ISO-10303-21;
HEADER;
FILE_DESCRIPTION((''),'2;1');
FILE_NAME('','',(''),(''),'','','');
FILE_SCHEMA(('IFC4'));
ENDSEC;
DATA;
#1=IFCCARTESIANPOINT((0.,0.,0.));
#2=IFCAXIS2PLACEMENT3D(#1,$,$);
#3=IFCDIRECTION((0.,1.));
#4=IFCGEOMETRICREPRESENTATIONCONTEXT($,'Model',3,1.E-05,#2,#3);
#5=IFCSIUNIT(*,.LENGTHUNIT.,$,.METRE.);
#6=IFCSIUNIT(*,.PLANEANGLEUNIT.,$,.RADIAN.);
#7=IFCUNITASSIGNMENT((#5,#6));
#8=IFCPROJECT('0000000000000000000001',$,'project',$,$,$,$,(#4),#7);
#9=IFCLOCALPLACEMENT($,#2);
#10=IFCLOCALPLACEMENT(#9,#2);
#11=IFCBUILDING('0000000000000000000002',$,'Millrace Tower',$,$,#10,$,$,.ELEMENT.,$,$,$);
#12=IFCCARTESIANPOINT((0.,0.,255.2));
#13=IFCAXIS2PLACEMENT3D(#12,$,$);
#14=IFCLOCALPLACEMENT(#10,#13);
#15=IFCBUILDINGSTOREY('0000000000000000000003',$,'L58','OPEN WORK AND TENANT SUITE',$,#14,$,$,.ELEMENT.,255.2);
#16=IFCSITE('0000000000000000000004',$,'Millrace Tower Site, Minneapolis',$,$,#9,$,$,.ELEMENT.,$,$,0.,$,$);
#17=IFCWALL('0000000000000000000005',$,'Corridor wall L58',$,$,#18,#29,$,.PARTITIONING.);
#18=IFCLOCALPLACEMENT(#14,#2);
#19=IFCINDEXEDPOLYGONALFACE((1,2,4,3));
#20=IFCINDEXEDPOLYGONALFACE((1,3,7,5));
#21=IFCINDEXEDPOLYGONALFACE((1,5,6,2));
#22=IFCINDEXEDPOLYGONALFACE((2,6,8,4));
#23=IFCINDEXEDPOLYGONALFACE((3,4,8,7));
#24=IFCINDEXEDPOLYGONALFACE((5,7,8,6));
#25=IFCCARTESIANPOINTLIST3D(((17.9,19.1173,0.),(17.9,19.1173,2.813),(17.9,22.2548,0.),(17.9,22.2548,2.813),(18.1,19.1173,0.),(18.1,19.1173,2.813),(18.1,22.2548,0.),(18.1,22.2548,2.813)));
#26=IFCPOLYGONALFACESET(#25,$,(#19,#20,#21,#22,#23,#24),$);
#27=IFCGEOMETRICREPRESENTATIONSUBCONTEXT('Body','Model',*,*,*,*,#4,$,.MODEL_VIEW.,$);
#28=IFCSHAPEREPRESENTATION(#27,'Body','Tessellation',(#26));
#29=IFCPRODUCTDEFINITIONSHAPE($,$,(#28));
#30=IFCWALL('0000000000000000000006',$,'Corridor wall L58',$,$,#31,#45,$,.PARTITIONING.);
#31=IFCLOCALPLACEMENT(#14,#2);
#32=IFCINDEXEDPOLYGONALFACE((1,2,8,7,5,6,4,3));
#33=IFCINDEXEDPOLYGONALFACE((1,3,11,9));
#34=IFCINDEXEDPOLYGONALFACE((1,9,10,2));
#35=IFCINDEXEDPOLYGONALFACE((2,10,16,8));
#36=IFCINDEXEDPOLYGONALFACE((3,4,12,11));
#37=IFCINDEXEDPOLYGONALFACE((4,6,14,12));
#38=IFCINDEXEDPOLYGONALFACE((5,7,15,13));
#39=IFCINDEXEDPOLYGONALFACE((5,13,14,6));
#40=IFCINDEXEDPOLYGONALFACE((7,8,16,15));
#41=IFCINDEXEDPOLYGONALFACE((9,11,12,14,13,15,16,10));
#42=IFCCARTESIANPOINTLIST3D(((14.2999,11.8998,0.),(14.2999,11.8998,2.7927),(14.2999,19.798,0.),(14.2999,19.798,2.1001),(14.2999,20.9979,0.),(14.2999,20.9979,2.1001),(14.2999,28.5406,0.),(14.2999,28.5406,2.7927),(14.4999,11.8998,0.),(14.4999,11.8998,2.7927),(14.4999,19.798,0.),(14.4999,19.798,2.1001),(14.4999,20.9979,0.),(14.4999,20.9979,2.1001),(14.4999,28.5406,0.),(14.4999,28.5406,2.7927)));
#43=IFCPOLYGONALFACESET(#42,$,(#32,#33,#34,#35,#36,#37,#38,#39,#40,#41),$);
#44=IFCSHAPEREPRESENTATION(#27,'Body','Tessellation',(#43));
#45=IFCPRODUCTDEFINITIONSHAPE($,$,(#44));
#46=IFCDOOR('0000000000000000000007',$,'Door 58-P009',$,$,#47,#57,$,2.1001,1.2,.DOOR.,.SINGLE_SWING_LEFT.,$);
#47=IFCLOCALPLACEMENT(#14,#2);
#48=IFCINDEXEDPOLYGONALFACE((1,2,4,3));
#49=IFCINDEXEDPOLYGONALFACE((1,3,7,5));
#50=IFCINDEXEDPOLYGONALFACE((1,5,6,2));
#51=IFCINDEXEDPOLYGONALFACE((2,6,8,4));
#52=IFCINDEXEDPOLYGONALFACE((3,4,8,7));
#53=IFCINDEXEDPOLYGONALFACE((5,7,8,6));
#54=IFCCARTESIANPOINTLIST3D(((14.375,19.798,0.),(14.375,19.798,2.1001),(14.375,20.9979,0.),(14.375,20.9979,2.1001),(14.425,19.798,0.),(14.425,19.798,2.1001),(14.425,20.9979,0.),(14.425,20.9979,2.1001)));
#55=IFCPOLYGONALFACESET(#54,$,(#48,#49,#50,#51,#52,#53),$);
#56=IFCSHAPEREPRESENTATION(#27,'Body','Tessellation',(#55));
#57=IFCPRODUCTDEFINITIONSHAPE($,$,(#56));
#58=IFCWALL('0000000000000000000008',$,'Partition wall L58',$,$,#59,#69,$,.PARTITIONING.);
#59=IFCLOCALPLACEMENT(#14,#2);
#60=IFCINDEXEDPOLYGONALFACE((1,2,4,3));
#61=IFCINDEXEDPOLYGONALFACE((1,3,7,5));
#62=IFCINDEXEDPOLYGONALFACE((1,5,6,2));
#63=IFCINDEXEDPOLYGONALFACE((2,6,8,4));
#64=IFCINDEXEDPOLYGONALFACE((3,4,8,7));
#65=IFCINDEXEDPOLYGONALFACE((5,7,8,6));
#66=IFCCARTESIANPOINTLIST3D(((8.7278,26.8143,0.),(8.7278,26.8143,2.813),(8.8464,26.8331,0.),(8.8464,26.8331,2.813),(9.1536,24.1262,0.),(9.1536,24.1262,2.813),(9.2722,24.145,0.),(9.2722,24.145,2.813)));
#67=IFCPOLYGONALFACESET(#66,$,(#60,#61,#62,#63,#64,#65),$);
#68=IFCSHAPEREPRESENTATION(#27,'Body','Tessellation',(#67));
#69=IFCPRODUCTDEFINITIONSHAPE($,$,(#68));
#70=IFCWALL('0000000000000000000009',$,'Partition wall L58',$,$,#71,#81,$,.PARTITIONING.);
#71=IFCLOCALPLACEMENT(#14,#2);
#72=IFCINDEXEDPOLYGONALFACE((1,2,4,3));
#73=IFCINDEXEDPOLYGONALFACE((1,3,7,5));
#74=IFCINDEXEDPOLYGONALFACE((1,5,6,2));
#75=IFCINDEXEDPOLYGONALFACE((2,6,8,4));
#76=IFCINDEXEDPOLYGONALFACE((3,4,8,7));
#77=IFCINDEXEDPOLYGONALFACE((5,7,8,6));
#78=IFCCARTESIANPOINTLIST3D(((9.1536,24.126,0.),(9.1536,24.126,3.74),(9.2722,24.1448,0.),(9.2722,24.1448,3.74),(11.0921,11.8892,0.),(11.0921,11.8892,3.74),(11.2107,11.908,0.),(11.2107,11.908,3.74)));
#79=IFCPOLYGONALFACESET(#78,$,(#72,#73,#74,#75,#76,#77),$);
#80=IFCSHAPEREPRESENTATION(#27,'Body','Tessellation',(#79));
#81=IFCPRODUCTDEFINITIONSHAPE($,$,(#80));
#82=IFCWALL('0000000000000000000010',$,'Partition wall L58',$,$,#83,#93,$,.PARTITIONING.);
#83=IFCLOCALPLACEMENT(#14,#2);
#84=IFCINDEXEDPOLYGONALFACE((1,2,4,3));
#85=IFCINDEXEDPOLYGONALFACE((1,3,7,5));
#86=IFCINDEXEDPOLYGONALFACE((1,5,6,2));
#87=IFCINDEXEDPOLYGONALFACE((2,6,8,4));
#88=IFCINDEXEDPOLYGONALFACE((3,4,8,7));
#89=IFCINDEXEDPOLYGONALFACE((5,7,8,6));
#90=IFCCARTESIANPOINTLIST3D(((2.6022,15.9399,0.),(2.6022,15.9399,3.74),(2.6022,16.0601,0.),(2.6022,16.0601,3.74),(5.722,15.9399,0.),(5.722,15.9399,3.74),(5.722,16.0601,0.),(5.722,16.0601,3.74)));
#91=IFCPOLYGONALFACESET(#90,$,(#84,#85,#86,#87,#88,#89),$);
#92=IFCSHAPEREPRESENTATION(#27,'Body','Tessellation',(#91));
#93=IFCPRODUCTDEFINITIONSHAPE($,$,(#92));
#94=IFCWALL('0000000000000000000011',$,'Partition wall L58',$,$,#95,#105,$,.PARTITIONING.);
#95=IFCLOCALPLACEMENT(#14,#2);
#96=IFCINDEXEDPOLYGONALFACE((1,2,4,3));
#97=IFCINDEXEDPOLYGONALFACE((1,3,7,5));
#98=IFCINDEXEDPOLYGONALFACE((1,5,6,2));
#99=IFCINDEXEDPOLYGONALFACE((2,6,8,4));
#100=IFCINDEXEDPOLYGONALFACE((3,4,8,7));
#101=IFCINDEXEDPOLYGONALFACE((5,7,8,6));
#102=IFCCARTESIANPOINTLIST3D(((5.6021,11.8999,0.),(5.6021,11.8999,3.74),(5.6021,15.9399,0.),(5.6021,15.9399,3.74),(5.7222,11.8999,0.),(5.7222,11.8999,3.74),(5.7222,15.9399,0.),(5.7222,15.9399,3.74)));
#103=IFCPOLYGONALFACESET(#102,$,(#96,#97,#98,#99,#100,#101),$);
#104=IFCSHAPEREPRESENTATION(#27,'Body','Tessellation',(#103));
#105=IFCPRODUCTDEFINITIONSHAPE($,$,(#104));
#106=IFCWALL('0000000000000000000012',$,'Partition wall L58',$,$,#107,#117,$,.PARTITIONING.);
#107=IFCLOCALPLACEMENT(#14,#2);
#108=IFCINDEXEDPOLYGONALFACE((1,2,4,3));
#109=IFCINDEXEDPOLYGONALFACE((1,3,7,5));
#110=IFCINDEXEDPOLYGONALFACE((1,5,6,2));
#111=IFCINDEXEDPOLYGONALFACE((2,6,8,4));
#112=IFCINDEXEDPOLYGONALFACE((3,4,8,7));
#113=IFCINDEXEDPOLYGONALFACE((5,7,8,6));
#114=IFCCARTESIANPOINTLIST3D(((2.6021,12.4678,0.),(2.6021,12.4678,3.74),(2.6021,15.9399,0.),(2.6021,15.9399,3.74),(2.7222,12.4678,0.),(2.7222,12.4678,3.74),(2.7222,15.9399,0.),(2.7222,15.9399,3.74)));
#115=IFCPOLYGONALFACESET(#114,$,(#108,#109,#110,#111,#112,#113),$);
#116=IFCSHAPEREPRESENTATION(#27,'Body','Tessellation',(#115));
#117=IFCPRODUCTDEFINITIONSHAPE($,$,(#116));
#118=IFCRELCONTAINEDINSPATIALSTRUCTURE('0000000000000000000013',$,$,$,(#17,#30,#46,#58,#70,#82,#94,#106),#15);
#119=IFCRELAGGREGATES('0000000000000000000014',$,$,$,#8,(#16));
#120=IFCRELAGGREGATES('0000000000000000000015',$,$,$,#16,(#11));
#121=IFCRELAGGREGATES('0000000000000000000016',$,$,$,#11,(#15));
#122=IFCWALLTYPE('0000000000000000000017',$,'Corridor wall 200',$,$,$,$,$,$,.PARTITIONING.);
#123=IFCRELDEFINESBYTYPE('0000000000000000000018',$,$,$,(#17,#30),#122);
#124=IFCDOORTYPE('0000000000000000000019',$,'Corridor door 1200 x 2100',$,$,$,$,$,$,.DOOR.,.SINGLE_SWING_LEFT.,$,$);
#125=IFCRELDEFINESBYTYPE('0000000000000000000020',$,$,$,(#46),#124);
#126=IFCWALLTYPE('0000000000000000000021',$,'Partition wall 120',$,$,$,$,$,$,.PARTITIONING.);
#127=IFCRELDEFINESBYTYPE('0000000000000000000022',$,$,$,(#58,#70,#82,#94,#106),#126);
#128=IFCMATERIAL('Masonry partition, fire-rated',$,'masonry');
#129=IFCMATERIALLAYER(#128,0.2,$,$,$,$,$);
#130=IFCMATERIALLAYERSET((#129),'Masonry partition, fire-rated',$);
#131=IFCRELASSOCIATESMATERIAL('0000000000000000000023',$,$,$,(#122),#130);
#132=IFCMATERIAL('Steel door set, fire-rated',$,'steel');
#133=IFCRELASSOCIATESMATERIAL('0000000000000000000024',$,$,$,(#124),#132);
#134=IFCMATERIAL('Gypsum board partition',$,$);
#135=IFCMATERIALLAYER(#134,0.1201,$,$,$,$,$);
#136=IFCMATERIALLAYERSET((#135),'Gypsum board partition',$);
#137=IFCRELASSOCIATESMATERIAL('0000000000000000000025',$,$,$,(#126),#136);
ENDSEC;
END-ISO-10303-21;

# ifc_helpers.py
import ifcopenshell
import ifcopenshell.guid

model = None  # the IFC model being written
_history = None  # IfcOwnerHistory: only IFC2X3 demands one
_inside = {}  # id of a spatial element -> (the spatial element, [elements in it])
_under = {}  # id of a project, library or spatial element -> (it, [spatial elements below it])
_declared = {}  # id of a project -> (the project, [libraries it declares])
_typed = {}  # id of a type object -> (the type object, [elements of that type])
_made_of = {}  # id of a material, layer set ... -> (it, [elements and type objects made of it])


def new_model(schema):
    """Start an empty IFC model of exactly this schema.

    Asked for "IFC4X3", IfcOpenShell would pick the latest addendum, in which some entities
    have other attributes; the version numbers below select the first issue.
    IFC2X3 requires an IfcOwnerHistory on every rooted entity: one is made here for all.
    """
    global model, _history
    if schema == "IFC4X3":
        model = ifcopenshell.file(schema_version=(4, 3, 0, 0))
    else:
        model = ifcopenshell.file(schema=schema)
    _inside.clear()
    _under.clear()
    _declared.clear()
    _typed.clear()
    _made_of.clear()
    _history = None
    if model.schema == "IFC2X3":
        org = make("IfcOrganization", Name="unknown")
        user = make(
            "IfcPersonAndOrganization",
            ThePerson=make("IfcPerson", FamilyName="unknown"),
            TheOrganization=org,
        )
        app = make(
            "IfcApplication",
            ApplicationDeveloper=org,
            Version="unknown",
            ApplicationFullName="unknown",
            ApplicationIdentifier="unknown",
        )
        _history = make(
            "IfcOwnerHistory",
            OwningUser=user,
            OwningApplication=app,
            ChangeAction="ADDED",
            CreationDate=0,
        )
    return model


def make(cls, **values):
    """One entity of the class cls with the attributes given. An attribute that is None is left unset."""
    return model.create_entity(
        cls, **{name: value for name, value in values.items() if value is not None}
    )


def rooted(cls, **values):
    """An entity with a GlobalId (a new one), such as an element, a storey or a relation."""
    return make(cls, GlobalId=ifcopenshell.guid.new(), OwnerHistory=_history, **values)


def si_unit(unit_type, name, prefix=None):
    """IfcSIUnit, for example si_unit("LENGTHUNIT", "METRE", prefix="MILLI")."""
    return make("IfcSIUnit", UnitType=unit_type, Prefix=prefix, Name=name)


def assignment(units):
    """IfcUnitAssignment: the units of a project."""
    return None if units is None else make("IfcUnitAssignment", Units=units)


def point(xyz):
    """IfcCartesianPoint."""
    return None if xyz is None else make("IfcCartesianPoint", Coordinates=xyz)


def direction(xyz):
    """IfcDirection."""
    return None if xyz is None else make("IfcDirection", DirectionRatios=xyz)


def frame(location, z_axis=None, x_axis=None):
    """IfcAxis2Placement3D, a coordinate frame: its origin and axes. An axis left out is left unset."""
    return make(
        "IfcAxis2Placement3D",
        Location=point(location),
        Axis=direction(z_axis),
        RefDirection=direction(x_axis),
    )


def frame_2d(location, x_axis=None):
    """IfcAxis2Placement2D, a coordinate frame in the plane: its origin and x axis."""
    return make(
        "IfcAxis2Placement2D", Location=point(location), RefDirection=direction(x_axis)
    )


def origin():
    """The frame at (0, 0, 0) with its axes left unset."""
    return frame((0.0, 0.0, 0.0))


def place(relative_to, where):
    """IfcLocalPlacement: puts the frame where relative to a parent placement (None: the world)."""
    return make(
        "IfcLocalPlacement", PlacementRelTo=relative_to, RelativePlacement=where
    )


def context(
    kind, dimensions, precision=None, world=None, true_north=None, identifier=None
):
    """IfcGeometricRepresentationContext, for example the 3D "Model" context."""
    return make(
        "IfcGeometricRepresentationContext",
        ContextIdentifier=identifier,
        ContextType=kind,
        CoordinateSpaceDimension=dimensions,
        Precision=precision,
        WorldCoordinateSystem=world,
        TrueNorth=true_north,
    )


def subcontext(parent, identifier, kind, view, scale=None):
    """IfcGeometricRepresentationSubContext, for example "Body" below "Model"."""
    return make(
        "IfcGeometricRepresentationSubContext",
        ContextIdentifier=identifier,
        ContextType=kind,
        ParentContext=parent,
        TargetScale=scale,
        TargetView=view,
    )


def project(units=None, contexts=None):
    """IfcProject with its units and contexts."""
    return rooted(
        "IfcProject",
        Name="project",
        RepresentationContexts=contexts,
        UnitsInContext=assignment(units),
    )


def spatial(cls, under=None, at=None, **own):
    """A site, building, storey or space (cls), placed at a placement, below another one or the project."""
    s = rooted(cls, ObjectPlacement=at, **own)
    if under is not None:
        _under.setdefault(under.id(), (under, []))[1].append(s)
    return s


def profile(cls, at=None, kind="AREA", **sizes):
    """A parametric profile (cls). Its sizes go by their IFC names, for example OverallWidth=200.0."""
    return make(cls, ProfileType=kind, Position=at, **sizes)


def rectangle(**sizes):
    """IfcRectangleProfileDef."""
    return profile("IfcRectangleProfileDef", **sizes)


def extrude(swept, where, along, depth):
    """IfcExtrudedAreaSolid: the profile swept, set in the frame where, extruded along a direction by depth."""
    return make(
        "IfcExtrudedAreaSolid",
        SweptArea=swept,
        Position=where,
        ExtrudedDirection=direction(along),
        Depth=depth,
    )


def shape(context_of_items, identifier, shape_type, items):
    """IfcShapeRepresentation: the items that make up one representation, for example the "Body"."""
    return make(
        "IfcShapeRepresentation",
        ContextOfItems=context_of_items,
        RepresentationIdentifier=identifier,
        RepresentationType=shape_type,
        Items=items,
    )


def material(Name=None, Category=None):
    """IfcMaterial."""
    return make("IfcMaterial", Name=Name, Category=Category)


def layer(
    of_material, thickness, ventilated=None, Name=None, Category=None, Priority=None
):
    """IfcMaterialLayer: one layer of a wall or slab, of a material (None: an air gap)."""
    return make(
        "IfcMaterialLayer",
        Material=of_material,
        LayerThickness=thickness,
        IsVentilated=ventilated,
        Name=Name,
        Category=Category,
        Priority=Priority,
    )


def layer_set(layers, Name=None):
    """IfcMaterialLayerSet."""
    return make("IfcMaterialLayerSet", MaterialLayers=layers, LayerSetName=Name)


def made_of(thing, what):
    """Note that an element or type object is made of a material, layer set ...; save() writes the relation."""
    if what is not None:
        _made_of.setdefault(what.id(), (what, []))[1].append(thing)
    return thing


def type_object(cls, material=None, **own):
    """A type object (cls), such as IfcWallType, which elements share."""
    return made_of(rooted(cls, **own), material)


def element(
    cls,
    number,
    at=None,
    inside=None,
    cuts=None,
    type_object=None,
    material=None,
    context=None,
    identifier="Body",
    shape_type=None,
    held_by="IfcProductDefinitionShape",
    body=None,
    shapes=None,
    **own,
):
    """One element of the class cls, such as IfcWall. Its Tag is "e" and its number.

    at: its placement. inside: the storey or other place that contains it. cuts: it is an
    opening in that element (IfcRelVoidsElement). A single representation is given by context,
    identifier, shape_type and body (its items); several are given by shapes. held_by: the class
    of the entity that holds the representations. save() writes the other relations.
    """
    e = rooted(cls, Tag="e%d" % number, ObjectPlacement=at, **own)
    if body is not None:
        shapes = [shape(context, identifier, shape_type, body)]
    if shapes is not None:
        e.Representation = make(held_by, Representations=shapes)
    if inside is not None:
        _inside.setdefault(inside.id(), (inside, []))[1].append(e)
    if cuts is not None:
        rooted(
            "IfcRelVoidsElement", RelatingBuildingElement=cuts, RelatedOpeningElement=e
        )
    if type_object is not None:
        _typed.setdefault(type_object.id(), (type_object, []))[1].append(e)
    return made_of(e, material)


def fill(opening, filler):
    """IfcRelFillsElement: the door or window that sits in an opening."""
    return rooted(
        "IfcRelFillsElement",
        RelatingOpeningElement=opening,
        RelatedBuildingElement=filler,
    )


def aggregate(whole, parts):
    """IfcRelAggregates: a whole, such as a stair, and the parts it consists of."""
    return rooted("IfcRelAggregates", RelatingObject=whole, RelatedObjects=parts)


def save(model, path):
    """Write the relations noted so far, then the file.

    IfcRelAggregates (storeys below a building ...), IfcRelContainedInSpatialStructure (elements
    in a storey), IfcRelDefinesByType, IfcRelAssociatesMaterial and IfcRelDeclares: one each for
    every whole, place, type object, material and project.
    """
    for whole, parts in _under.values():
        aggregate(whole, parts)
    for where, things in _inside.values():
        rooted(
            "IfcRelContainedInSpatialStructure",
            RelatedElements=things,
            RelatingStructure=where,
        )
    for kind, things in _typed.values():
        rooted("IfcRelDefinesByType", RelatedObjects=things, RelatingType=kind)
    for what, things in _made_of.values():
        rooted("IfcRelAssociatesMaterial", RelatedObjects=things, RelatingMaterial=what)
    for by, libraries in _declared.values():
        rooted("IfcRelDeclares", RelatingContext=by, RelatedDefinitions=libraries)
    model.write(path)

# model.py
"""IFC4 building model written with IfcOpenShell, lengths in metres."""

from ifc_helpers import new_model, si_unit, direction, frame, frame_2d, origin, place, context, subcontext, project, spatial, rectangle, extrude, material, layer, layer_set, type_object, element, fill, save


model = new_model("IFC4")

# Units and contexts
model_context = context("Model", 3, precision=1e-05, world=origin(), true_north=direction((0.0, 1.0)))
body_context = subcontext(model_context, "Body", "Model", "MODEL_VIEW")
ifc_project = project(units=[si_unit("LENGTHUNIT", "METRE"), si_unit("PLANEANGLEUNIT", "RADIAN")], contexts=[model_context])

# Site, building, storey
site_placement = place(None, origin())
site = spatial("IfcSite", under=ifc_project, at=site_placement, Name="Millrace Tower Site, Minneapolis", CompositionType="ELEMENT", RefElevation=0.0)
building_placement = place(site_placement, origin())
building = spatial("IfcBuilding", under=site, at=building_placement, Name="Millrace Tower", CompositionType="ELEMENT")
storey_placement = place(building_placement, frame((0.0, 0.0, 255.2)))
storey = spatial("IfcBuildingStorey", under=building, at=storey_placement, Name="L58", Description="OPEN WORK AND TENANT SUITE", CompositionType="ELEMENT", Elevation=255.2)

# Wall
ifc_material_1 = material(Name="Masonry partition, fire-rated", Category="masonry")
ifc_layer_1 = layer(ifc_material_1, 0.2)
ifc_layer_set_1 = layer_set([ifc_layer_1], Name="Masonry partition, fire-rated")
wall_type_1 = type_object("IfcWallType", Name="Corridor wall 200", PredefinedType="PARTITIONING", material=ifc_layer_set_1)
wall_1_placement = place(storey_placement, frame((18.0, 19.1172, 0.0), z_axis=(0.0, 0.0, 1.0), x_axis=(0.0, 1.0, 0.0)))
element("IfcWall", 1, at=wall_1_placement, inside=storey, type_object=wall_type_1, Name="Corridor wall L58", PredefinedType="PARTITIONING", context=body_context, shape_type="SweptSolid", body=[
    extrude(rectangle(XDim=3.1375, YDim=0.2, at=frame_2d((1.5688, 0.0))), origin(), (0.0, 0.0, 1.0), 2.813),
])

# Wall, opening, door
wall_2_placement = place(storey_placement, frame((14.3999, 11.8999, 0.0), z_axis=(0.0, 0.0, 1.0), x_axis=(0.0, 1.0, 0.0)))
wall_2 = element("IfcWall", 2, at=wall_2_placement, inside=storey, type_object=wall_type_1, Name="Corridor wall L58", PredefinedType="PARTITIONING", context=body_context, shape_type="SweptSolid", body=[
    extrude(rectangle(XDim=16.6409, YDim=0.2, at=frame_2d((8.3203, 0.0))), origin(), (0.0, 0.0, 1.0), 2.7927),
])
opening_placement = place(wall_2_placement, frame((7.8979, 0.0, 0.0)))
opening = element("IfcOpeningElement", 3, at=opening_placement, cuts=wall_2, PredefinedType="OPENING", context=body_context, shape_type="SweptSolid", body=[
    extrude(rectangle(XDim=1.2, YDim=2.1001, at=frame_2d((0.6001, 1.05))), frame((0.0, 0.1099, 0.0), z_axis=(0.0, -1.0, 0.0), x_axis=(1.0, 0.0, 0.0)), (0.0, 0.0, 1.0), 0.22),
])
ifc_material_2 = material(Name="Steel door set, fire-rated", Category="steel")
door_type = type_object("IfcDoorType", Name="Corridor door 1200 x 2100", OperationType="SINGLE_SWING_LEFT", PredefinedType="DOOR", material=ifc_material_2)
door_placement = place(opening_placement, origin())
door = element("IfcDoor", 4, at=door_placement, inside=storey, type_object=door_type, Name="Door 58-P009", OperationType="SINGLE_SWING_LEFT", OverallHeight=2.1001, OverallWidth=1.2, PredefinedType="DOOR", context=body_context, shape_type="SweptSolid", body=[
    extrude(rectangle(XDim=1.2, YDim=2.1001, at=frame_2d((0.6001, 1.05))), frame((0.0, 0.0249, 0.0), z_axis=(0.0, -1.0, 0.0), x_axis=(1.0, 0.0, 0.0)), (0.0, 0.0, 1.0), 0.05),
])
fill(opening, door)

# Walls
ifc_material_3 = material(Name="Gypsum board partition")
ifc_layer_2 = layer(ifc_material_3, 0.1201)
ifc_layer_set_2 = layer_set([ifc_layer_2], Name="Gypsum board partition")
wall_type_2 = type_object("IfcWallType", Name="Partition wall 120", PredefinedType="PARTITIONING", material=ifc_layer_set_2)
wall_3_placement = place(storey_placement, frame((8.7871, 26.8237, 0.0), z_axis=(0.0, 0.0, 1.0), x_axis=(0.156437, -0.987688, 0.0)))
element("IfcWall", 5, at=wall_3_placement, inside=storey, type_object=wall_type_2, Name="Partition wall L58", PredefinedType="PARTITIONING", context=body_context, shape_type="SweptSolid", body=[
    extrude(rectangle(XDim=2.7217, YDim=0.1201, at=frame_2d((1.3608, 0.0))), origin(), (0.0, 0.0, 1.0), 2.813),
])
wall_4_placement = place(storey_placement, frame((9.2129, 24.1355, 0.0), z_axis=(0.0, 0.0, 1.0), x_axis=(0.156462, -0.987684, 0.0)))
element("IfcWall", 6, at=wall_4_placement, inside=storey, type_object=wall_type_2, Name="Partition wall L58", PredefinedType="PARTITIONING", context=body_context, shape_type="SweptSolid", body=[
    extrude(rectangle(XDim=12.3894, YDim=0.1201, at=frame_2d((6.1948, 0.0))), origin(), (0.0, 0.0, 1.0), 3.74),
])
wall_5_placement = place(storey_placement, frame((2.6021, 16.0, 0.0), z_axis=(0.0, 0.0, 1.0), x_axis=(1.0, 0.0, 0.0)))
element("IfcWall", 7, at=wall_5_placement, inside=storey, type_object=wall_type_2, Name="Partition wall L58", PredefinedType="PARTITIONING", context=body_context, shape_type="SweptSolid", body=[
    extrude(rectangle(XDim=3.1199, YDim=0.1201, at=frame_2d((1.5601, 0.0))), origin(), (0.0, 0.0, 1.0), 3.74),
])
wall_6_placement = place(storey_placement, frame((5.6621, 11.8999, 0.0), z_axis=(0.0, 0.0, 1.0), x_axis=(0.0, 1.0, 0.0)))
element("IfcWall", 8, at=wall_6_placement, inside=storey, type_object=wall_type_2, Name="Partition wall L58", PredefinedType="PARTITIONING", context=body_context, shape_type="SweptSolid", body=[
    extrude(rectangle(XDim=4.04, YDim=0.1201, at=frame_2d((2.02, 0.0))), origin(), (0.0, 0.0, 1.0), 3.74),
])
wall_7_placement = place(storey_placement, frame((2.6621, 12.4678, 0.0), z_axis=(0.0, 0.0, 1.0), x_axis=(0.0, 1.0, 0.0)))
element("IfcWall", 9, at=wall_7_placement, inside=storey, type_object=wall_type_2, Name="Partition wall L58", PredefinedType="PARTITIONING", context=body_context, shape_type="SweptSolid", body=[
    extrude(rectangle(XDim=3.4722, YDim=0.1201, at=frame_2d((1.7361, 0.0))), origin(), (0.0, 0.0, 1.0), 3.74),
])

save(model, "model.ifc")
